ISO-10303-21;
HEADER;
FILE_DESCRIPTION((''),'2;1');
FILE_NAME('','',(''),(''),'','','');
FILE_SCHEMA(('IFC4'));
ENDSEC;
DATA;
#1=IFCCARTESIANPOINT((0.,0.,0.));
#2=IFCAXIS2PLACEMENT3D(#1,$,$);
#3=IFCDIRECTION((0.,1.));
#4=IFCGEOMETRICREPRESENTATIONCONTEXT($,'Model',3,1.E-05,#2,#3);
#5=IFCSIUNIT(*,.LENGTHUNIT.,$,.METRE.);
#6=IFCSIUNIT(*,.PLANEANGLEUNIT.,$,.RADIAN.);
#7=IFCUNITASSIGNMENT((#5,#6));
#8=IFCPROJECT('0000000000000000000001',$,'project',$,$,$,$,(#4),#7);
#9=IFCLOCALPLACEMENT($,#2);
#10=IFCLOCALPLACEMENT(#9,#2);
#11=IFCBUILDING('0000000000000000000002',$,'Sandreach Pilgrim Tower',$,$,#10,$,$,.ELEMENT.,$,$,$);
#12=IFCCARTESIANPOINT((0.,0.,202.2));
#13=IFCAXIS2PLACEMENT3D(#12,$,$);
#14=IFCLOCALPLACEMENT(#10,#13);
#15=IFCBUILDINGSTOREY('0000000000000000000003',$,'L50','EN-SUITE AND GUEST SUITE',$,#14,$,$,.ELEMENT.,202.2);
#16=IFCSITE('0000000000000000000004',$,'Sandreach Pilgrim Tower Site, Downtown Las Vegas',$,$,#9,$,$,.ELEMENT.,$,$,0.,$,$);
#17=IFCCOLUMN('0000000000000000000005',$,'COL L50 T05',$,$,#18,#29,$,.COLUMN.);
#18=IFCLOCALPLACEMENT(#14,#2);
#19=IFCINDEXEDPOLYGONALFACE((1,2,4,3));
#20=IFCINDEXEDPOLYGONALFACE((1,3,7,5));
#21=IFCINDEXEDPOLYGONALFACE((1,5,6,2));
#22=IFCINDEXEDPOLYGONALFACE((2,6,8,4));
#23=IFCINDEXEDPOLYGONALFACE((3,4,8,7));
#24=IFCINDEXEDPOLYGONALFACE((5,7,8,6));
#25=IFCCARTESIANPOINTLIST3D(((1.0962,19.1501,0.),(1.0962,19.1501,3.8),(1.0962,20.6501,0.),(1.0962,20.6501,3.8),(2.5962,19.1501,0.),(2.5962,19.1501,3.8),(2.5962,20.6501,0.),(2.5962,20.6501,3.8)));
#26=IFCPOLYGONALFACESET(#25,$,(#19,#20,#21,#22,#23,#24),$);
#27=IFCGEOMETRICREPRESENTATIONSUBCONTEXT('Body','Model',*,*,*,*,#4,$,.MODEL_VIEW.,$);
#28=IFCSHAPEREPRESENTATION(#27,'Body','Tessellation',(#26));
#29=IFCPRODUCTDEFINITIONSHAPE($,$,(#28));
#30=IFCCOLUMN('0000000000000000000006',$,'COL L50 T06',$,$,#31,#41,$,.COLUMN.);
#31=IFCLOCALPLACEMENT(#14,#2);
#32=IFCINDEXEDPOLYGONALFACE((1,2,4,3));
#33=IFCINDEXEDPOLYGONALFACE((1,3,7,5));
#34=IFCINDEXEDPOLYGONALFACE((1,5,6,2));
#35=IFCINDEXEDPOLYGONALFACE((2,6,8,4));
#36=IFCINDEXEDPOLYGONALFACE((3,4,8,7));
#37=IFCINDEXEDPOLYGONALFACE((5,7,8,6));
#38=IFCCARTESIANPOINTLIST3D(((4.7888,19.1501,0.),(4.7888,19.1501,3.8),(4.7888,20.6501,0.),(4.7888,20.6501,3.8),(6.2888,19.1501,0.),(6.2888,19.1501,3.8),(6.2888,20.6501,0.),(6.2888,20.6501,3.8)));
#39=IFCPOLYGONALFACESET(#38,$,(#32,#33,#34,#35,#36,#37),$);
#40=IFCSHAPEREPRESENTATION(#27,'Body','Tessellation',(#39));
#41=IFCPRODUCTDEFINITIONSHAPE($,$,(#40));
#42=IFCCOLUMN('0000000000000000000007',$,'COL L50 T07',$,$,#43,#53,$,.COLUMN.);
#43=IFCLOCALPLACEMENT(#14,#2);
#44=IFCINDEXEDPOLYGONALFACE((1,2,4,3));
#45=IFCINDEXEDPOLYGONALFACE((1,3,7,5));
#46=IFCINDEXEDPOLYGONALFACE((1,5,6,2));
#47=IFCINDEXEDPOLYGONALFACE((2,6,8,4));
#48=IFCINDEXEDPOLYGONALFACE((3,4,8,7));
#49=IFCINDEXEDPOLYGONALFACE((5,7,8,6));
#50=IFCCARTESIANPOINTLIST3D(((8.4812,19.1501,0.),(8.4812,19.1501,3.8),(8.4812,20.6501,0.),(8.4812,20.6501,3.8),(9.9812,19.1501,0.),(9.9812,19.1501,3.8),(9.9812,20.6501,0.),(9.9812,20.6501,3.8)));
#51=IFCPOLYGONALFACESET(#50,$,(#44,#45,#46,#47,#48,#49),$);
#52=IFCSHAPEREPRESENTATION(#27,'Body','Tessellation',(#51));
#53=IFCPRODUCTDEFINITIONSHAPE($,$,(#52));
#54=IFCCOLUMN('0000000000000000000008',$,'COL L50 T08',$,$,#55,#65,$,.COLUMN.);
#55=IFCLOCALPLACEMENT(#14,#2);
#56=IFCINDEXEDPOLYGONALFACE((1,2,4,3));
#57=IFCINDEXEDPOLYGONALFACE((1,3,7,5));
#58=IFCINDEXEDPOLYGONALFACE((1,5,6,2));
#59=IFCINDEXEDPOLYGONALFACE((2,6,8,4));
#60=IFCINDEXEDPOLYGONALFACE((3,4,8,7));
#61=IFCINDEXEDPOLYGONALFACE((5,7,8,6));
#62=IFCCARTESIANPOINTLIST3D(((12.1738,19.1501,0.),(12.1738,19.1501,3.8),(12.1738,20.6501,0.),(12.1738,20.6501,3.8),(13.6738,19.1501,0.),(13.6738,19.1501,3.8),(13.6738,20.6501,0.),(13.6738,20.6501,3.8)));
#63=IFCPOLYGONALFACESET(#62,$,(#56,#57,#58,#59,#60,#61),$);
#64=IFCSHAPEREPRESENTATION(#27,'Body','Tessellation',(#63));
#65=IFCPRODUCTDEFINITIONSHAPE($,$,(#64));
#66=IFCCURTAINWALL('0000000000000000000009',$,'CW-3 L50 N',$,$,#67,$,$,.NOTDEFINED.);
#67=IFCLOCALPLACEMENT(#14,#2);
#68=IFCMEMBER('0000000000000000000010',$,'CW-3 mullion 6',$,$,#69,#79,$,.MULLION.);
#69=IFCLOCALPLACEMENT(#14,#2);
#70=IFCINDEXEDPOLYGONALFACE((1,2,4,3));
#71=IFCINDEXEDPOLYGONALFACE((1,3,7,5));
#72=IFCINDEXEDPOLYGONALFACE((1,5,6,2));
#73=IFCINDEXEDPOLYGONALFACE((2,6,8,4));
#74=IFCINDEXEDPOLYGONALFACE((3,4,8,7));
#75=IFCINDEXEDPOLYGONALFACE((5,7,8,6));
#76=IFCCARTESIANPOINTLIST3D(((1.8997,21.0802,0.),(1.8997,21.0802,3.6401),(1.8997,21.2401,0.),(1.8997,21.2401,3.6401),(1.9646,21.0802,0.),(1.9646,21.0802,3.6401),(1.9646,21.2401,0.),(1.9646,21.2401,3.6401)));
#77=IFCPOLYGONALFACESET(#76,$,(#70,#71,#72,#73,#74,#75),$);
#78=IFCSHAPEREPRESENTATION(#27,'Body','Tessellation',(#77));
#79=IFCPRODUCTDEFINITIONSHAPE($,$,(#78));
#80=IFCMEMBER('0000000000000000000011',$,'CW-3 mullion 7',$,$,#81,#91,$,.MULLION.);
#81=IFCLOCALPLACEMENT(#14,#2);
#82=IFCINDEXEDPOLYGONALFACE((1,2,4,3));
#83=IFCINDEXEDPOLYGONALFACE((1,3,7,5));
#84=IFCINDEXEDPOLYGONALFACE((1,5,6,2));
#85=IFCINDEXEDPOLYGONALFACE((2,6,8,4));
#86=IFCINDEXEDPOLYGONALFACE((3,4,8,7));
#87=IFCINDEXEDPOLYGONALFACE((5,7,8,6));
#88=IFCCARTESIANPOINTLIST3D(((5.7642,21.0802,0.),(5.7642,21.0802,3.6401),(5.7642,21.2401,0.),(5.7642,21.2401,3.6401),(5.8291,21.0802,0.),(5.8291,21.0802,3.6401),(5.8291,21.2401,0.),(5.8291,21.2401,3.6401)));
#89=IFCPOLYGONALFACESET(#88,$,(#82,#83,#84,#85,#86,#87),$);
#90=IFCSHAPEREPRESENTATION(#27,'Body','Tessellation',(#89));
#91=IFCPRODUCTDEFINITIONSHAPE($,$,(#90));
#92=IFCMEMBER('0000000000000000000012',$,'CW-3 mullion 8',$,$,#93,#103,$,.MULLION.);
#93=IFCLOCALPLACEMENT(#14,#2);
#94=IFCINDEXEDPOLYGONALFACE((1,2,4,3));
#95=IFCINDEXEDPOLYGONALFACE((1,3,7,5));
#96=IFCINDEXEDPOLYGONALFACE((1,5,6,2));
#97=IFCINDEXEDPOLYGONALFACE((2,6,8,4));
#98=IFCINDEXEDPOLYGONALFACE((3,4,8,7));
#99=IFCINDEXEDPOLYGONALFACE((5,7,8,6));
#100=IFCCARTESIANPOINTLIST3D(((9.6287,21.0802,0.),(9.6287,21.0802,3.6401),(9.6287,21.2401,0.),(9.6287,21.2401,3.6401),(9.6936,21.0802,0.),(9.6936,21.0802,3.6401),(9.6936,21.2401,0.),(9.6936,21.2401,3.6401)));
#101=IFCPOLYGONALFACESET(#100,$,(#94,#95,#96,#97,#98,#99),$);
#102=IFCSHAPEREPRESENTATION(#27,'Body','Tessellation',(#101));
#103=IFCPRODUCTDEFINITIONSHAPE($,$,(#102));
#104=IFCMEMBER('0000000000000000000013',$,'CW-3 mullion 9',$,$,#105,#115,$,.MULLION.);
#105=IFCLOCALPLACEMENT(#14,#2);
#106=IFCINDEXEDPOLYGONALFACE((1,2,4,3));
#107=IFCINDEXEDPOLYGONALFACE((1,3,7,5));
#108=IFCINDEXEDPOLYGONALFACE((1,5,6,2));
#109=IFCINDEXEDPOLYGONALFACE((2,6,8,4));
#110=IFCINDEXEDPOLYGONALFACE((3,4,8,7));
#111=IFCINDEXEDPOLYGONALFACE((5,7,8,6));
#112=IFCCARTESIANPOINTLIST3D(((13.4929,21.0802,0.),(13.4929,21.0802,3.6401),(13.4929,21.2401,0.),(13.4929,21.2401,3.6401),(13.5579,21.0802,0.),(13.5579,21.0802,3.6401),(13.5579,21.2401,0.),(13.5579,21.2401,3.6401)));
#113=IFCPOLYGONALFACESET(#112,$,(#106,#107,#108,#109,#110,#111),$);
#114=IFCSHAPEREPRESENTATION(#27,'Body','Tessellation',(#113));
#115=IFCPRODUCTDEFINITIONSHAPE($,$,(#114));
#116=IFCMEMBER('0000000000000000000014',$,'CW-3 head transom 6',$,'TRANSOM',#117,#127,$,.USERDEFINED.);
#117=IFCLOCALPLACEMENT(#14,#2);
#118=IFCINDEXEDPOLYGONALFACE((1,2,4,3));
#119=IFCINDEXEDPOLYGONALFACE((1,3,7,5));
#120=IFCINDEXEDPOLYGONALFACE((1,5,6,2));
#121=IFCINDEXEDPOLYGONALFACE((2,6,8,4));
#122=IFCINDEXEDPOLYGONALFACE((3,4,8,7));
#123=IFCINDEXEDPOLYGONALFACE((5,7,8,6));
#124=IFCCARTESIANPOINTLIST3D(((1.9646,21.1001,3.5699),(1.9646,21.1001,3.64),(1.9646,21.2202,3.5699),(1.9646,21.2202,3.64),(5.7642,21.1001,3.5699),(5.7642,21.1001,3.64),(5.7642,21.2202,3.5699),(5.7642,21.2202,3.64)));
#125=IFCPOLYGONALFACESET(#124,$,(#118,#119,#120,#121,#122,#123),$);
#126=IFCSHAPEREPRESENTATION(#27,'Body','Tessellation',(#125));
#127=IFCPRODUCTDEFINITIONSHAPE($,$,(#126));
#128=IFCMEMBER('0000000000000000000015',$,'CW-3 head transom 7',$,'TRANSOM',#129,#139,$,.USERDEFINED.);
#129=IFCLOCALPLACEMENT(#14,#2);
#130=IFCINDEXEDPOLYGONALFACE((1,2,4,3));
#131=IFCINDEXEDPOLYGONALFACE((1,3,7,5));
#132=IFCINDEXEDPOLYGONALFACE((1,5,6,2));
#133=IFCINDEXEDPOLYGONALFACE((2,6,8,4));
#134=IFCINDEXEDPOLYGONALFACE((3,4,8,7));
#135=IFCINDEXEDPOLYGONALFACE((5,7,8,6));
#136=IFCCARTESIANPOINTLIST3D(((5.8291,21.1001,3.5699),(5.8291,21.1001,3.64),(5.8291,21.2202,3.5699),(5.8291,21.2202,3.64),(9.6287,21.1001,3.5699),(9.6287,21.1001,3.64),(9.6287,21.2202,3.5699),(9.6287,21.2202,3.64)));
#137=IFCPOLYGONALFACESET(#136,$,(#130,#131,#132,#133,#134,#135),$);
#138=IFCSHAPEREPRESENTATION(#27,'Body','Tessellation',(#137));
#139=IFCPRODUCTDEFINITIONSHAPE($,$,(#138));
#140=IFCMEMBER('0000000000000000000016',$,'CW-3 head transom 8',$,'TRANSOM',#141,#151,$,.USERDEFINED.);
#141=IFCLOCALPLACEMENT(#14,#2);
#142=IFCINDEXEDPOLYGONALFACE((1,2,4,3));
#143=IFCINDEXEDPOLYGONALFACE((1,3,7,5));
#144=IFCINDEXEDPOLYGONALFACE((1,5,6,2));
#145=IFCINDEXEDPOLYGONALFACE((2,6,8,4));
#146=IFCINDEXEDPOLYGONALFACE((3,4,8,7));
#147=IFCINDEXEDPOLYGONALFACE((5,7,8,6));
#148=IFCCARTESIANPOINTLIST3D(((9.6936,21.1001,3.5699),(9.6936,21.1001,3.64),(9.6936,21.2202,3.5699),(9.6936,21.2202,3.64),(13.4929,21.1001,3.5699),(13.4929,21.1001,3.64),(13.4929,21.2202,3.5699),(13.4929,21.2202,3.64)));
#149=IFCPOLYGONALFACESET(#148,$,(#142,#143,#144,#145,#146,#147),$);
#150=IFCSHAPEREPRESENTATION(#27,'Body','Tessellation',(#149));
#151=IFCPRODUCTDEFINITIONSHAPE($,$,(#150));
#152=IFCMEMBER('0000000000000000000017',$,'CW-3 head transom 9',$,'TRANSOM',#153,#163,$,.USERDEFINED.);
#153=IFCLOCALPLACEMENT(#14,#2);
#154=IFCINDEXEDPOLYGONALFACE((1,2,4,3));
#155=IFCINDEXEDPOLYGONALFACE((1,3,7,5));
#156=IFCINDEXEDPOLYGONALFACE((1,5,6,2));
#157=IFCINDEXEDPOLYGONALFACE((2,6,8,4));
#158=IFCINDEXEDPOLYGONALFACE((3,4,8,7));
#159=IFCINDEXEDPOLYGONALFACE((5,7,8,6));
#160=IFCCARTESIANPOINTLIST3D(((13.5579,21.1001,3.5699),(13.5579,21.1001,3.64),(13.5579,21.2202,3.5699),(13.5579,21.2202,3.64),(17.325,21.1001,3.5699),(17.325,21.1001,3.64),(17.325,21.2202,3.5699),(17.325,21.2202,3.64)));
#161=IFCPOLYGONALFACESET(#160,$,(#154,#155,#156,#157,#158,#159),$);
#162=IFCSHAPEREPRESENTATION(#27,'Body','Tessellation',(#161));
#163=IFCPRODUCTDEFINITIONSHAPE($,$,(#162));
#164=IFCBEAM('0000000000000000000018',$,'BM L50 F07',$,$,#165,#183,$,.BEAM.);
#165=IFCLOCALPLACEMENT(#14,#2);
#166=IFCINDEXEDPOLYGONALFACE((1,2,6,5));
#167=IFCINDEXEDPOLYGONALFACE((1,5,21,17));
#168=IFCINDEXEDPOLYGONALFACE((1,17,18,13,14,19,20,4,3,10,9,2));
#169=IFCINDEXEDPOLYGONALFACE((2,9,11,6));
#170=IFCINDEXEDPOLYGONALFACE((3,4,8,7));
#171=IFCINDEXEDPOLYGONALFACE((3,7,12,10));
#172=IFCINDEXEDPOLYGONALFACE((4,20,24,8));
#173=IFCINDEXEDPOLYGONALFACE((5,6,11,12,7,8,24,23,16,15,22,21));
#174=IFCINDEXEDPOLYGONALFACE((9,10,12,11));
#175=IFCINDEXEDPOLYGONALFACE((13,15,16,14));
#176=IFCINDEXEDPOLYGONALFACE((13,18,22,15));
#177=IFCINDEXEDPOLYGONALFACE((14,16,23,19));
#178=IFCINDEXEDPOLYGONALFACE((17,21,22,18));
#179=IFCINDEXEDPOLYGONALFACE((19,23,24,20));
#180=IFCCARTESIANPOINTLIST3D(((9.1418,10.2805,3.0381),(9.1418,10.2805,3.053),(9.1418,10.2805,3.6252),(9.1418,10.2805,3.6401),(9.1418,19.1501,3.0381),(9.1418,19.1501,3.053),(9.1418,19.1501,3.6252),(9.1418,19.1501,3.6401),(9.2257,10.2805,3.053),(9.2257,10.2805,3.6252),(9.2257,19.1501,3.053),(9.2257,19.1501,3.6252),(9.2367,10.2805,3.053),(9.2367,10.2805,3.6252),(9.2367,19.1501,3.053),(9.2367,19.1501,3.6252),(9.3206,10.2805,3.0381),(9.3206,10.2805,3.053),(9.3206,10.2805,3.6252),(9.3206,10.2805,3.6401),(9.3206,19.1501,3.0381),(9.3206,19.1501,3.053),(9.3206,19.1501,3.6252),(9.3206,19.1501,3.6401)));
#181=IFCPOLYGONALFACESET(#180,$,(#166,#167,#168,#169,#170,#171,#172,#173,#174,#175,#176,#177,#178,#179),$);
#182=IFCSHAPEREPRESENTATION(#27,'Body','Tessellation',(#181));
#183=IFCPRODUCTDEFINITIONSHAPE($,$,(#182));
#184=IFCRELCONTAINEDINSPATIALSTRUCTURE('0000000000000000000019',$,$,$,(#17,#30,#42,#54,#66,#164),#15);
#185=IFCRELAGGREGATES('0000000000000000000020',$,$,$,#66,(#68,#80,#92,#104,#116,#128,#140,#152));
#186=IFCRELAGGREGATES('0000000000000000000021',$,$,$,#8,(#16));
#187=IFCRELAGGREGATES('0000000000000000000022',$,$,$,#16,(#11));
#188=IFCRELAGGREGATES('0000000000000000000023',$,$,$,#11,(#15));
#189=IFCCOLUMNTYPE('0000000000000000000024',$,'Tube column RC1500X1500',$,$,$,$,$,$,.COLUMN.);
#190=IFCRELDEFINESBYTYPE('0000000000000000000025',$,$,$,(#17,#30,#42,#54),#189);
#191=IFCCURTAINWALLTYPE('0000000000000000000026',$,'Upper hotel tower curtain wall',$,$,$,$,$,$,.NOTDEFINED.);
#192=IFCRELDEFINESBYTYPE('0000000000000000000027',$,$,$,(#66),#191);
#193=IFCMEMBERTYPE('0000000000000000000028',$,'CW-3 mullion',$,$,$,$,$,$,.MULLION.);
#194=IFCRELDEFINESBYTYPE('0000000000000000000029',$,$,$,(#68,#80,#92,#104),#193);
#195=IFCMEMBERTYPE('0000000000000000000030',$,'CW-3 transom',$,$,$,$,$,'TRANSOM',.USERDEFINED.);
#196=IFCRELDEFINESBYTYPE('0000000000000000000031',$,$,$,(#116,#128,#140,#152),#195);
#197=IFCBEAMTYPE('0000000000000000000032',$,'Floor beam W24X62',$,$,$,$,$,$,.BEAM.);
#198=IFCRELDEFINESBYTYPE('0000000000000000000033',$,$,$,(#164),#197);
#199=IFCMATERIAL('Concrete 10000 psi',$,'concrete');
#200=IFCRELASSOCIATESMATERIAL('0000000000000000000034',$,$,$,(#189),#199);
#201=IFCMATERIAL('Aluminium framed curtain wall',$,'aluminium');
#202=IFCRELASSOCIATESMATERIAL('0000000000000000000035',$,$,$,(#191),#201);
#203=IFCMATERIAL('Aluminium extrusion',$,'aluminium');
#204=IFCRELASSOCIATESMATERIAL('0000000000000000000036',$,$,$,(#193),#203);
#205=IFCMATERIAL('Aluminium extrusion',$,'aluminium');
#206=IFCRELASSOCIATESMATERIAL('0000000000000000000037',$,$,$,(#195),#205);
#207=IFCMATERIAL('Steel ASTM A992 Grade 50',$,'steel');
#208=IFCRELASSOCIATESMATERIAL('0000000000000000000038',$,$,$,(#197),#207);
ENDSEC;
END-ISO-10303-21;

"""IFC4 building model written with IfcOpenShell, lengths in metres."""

from ifc_helpers import new_model, si_unit, direction, frame, origin, origin_2d, place, context, subcontext, project, spatial, rectangle, i_section, extrude, material, material_profile, profile_set, type_object, element, aggregate, save


model = new_model("IFC4")

# Units and contexts
model_context = context("Model", 3, precision=1e-05, world=origin(), true_north=direction((0.0, 1.0)))
body_context = subcontext(model_context, "Body", "Model", "MODEL_VIEW")
ifc_project = project(units=[si_unit("LENGTHUNIT", "METRE"), si_unit("PLANEANGLEUNIT", "RADIAN")], contexts=[model_context])

# Site, building, storey
site_placement = place(None, origin())
site = spatial("IfcSite", under=ifc_project, at=site_placement, Name="Sandreach Pilgrim Tower Site, Downtown Las Vegas", CompositionType="ELEMENT", RefElevation=0.0)
building_placement = place(site_placement, origin())
building = spatial("IfcBuilding", under=site, at=building_placement, Name="Sandreach Pilgrim Tower", CompositionType="ELEMENT")
storey_placement = place(building_placement, frame((0.0, 0.0, 202.2)))
storey = spatial("IfcBuildingStorey", under=building, at=storey_placement, Name="L50", Description="EN-SUITE AND GUEST SUITE", CompositionType="ELEMENT", Elevation=202.2)

# Columns
ifc_material_1 = material(Name="Concrete 10000 psi", Category="concrete")
ifc_material_profile_1 = material_profile(ifc_material_1, rectangle(XDim=1.5, YDim=1.5, at=origin_2d()), Name="RC1500X1500")
ifc_profile_set_1 = profile_set([ifc_material_profile_1], Name="Concrete 10000 psi")
column_type = type_object("IfcColumnType", Name="Tube column RC1500X1500", PredefinedType="COLUMN", material=ifc_profile_set_1)
for number, where, z_axis, x_axis, name in (
    (1, (1.8462, 19.9001, 0.0), (0.0, 0.0, 1.0), (0.0, 1.0, 0.0), "COL L50 T05"),
    (2, (5.5388, 19.9001, 0.0), (0.0, 0.0, 1.0), (0.0, 1.0, 0.0), "COL L50 T06"),
    (3, (9.2312, 19.9001, 0.0), (0.0, 0.0, 1.0), (0.0, 1.0, 0.0), "COL L50 T07"),
    (4, (12.9238, 19.9001, 0.0), (0.0, 0.0, 1.0), (0.0, 1.0, 0.0), "COL L50 T08"),
):
    element("IfcColumn", number, at=place(storey_placement, frame(where, z_axis=z_axis, x_axis=x_axis)), inside=storey, type_object=column_type, Name=name, PredefinedType="COLUMN", context=body_context, shape_type="SweptSolid", body=[
        extrude(rectangle(XDim=1.5, YDim=1.5, at=origin_2d()), origin(), (0.0, 0.0, 1.0), 3.8),
    ])

# Curtain wall, members
ifc_material_2 = material(Name="Aluminium framed curtain wall", Category="aluminium")
curtain_wall_type = type_object("IfcCurtainWallType", Name="Upper hotel tower curtain wall", PredefinedType="NOTDEFINED", material=ifc_material_2)
curtain_wall_placement = place(storey_placement, origin())
curtain_wall = element("IfcCurtainWall", 5, at=curtain_wall_placement, inside=storey, type_object=curtain_wall_type, Name="CW-3 L50 N", PredefinedType="NOTDEFINED")
ifc_material_3 = material(Name="Aluminium extrusion", Category="aluminium")
ifc_material_profile_2 = material_profile(ifc_material_3, rectangle(XDim=0.0649, YDim=0.1599, at=origin_2d()), Name="CW-3M 65X160")
ifc_profile_set_2 = profile_set([ifc_material_profile_2], Name="Aluminium extrusion")
member_type_1 = type_object("IfcMemberType", Name="CW-3 mullion", PredefinedType="MULLION", material=ifc_profile_set_2)
member_1_placement = place(storey_placement, frame((1.9321, 21.1602, 0.0), z_axis=(0.0, 0.0, 1.0), x_axis=(1.0, 0.0, 0.0)))
member_1 = element("IfcMember", 6, at=member_1_placement, type_object=member_type_1, Name="CW-3 mullion 6", PredefinedType="MULLION", context=body_context, shape_type="SweptSolid", body=[
    extrude(rectangle(XDim=0.0649, YDim=0.1599, at=origin_2d()), origin(), (0.0, 0.0, 1.0), 3.6401),
])
member_2_placement = place(storey_placement, frame((5.7966, 21.1602, 0.0), z_axis=(0.0, 0.0, 1.0), x_axis=(1.0, 0.0, 0.0)))
member_2 = element("IfcMember", 7, at=member_2_placement, type_object=member_type_1, Name="CW-3 mullion 7", PredefinedType="MULLION", context=body_context, shape_type="SweptSolid", body=[
    extrude(rectangle(XDim=0.0649, YDim=0.1599, at=origin_2d()), origin(), (0.0, 0.0, 1.0), 3.6401),
])
member_3_placement = place(storey_placement, frame((9.6611, 21.1602, 0.0), z_axis=(0.0, 0.0, 1.0), x_axis=(1.0, 0.0, 0.0)))
member_3 = element("IfcMember", 8, at=member_3_placement, type_object=member_type_1, Name="CW-3 mullion 8", PredefinedType="MULLION", context=body_context, shape_type="SweptSolid", body=[
    extrude(rectangle(XDim=0.0649, YDim=0.1599, at=origin_2d()), origin(), (0.0, 0.0, 1.0), 3.6401),
])
member_4_placement = place(storey_placement, frame((13.5254, 21.1602, 0.0), z_axis=(0.0, 0.0, 1.0), x_axis=(1.0, 0.0, 0.0)))
member_4 = element("IfcMember", 9, at=member_4_placement, type_object=member_type_1, Name="CW-3 mullion 9", PredefinedType="MULLION", context=body_context, shape_type="SweptSolid", body=[
    extrude(rectangle(XDim=0.0649, YDim=0.1599, at=origin_2d()), origin(), (0.0, 0.0, 1.0), 3.6401),
])
ifc_material_4 = material(Name="Aluminium extrusion", Category="aluminium")
ifc_material_profile_3 = material_profile(ifc_material_4, rectangle(XDim=0.1201, YDim=0.0701, at=origin_2d()), Name="CW-3T 120X70")
ifc_profile_set_3 = profile_set([ifc_material_profile_3], Name="Aluminium extrusion")
member_type_2 = type_object("IfcMemberType", Name="CW-3 transom", ElementType="TRANSOM", PredefinedType="USERDEFINED", material=ifc_profile_set_3)
member_5_placement = place(storey_placement, frame((1.9646, 21.1602, 3.605), z_axis=(1.0, 0.0, 0.0), x_axis=(0.0, 1.0, 0.0)))
member_5 = element("IfcMember", 10, at=member_5_placement, type_object=member_type_2, Name="CW-3 head transom 6", ObjectType="TRANSOM", PredefinedType="USERDEFINED", context=body_context, shape_type="SweptSolid", body=[
    extrude(rectangle(XDim=0.1201, YDim=0.0701, at=origin_2d()), origin(), (0.0, 0.0, 1.0), 3.7996),
])
member_6_placement = place(storey_placement, frame((5.8291, 21.1602, 3.605), z_axis=(1.0, 0.0, 0.0), x_axis=(0.0, 1.0, 0.0)))
member_6 = element("IfcMember", 11, at=member_6_placement, type_object=member_type_2, Name="CW-3 head transom 7", ObjectType="TRANSOM", PredefinedType="USERDEFINED", context=body_context, shape_type="SweptSolid", body=[
    extrude(rectangle(XDim=0.1201, YDim=0.0701, at=origin_2d()), origin(), (0.0, 0.0, 1.0), 3.7996),
])
member_7_placement = place(storey_placement, frame((9.6936, 21.1602, 3.605), z_axis=(1.0, 0.0, 0.0), x_axis=(0.0, 1.0, 0.0)))
member_7 = element("IfcMember", 12, at=member_7_placement, type_object=member_type_2, Name="CW-3 head transom 8", ObjectType="TRANSOM", PredefinedType="USERDEFINED", context=body_context, shape_type="SweptSolid", body=[
    extrude(rectangle(XDim=0.1201, YDim=0.0701, at=origin_2d()), origin(), (0.0, 0.0, 1.0), 3.7993),
])
member_8_placement = place(storey_placement, frame((13.5579, 21.1602, 3.605), z_axis=(1.0, 0.0, 0.0), x_axis=(0.0, 1.0, 0.0)))
member_8 = element("IfcMember", 13, at=member_8_placement, type_object=member_type_2, Name="CW-3 head transom 9", ObjectType="TRANSOM", PredefinedType="USERDEFINED", context=body_context, shape_type="SweptSolid", body=[
    extrude(rectangle(XDim=0.1201, YDim=0.0701, at=origin_2d()), origin(), (0.0, 0.0, 1.0), 3.7671),
])

# Beam
ifc_material_5 = material(Name="Steel ASTM A992 Grade 50", Category="steel")
ifc_material_profile_4 = material_profile(ifc_material_5, i_section(OverallWidth=0.1787, OverallDepth=0.6021, WebThickness=0.011, FlangeThickness=0.0149, at=origin_2d()), Name="W24X62")
ifc_profile_set_4 = profile_set([ifc_material_profile_4], Name="Steel ASTM A992 Grade 50")
beam_type_1 = type_object("IfcBeamType", Name="Floor beam W24X62", PredefinedType="BEAM", material=ifc_profile_set_4)
beam_1_placement = place(storey_placement, frame((9.2312, 19.1501, 3.3391), z_axis=(0.0, -1.0, 0.0), x_axis=(1.0, 0.0, 0.0)))
element("IfcBeam", 14, at=beam_1_placement, inside=storey, type_object=beam_type_1, Name="BM L50 F07", PredefinedType="BEAM", context=body_context, shape_type="SweptSolid", body=[
    extrude(i_section(OverallWidth=0.1787, OverallDepth=0.6021, WebThickness=0.011, FlangeThickness=0.0149, at=origin_2d()), origin(), (0.0, 0.0, 1.0), 8.8696),
])

aggregate(curtain_wall, [member_1, member_2, member_3, member_4, member_5, member_6, member_7, member_8])

save(model, "model.ifc")
